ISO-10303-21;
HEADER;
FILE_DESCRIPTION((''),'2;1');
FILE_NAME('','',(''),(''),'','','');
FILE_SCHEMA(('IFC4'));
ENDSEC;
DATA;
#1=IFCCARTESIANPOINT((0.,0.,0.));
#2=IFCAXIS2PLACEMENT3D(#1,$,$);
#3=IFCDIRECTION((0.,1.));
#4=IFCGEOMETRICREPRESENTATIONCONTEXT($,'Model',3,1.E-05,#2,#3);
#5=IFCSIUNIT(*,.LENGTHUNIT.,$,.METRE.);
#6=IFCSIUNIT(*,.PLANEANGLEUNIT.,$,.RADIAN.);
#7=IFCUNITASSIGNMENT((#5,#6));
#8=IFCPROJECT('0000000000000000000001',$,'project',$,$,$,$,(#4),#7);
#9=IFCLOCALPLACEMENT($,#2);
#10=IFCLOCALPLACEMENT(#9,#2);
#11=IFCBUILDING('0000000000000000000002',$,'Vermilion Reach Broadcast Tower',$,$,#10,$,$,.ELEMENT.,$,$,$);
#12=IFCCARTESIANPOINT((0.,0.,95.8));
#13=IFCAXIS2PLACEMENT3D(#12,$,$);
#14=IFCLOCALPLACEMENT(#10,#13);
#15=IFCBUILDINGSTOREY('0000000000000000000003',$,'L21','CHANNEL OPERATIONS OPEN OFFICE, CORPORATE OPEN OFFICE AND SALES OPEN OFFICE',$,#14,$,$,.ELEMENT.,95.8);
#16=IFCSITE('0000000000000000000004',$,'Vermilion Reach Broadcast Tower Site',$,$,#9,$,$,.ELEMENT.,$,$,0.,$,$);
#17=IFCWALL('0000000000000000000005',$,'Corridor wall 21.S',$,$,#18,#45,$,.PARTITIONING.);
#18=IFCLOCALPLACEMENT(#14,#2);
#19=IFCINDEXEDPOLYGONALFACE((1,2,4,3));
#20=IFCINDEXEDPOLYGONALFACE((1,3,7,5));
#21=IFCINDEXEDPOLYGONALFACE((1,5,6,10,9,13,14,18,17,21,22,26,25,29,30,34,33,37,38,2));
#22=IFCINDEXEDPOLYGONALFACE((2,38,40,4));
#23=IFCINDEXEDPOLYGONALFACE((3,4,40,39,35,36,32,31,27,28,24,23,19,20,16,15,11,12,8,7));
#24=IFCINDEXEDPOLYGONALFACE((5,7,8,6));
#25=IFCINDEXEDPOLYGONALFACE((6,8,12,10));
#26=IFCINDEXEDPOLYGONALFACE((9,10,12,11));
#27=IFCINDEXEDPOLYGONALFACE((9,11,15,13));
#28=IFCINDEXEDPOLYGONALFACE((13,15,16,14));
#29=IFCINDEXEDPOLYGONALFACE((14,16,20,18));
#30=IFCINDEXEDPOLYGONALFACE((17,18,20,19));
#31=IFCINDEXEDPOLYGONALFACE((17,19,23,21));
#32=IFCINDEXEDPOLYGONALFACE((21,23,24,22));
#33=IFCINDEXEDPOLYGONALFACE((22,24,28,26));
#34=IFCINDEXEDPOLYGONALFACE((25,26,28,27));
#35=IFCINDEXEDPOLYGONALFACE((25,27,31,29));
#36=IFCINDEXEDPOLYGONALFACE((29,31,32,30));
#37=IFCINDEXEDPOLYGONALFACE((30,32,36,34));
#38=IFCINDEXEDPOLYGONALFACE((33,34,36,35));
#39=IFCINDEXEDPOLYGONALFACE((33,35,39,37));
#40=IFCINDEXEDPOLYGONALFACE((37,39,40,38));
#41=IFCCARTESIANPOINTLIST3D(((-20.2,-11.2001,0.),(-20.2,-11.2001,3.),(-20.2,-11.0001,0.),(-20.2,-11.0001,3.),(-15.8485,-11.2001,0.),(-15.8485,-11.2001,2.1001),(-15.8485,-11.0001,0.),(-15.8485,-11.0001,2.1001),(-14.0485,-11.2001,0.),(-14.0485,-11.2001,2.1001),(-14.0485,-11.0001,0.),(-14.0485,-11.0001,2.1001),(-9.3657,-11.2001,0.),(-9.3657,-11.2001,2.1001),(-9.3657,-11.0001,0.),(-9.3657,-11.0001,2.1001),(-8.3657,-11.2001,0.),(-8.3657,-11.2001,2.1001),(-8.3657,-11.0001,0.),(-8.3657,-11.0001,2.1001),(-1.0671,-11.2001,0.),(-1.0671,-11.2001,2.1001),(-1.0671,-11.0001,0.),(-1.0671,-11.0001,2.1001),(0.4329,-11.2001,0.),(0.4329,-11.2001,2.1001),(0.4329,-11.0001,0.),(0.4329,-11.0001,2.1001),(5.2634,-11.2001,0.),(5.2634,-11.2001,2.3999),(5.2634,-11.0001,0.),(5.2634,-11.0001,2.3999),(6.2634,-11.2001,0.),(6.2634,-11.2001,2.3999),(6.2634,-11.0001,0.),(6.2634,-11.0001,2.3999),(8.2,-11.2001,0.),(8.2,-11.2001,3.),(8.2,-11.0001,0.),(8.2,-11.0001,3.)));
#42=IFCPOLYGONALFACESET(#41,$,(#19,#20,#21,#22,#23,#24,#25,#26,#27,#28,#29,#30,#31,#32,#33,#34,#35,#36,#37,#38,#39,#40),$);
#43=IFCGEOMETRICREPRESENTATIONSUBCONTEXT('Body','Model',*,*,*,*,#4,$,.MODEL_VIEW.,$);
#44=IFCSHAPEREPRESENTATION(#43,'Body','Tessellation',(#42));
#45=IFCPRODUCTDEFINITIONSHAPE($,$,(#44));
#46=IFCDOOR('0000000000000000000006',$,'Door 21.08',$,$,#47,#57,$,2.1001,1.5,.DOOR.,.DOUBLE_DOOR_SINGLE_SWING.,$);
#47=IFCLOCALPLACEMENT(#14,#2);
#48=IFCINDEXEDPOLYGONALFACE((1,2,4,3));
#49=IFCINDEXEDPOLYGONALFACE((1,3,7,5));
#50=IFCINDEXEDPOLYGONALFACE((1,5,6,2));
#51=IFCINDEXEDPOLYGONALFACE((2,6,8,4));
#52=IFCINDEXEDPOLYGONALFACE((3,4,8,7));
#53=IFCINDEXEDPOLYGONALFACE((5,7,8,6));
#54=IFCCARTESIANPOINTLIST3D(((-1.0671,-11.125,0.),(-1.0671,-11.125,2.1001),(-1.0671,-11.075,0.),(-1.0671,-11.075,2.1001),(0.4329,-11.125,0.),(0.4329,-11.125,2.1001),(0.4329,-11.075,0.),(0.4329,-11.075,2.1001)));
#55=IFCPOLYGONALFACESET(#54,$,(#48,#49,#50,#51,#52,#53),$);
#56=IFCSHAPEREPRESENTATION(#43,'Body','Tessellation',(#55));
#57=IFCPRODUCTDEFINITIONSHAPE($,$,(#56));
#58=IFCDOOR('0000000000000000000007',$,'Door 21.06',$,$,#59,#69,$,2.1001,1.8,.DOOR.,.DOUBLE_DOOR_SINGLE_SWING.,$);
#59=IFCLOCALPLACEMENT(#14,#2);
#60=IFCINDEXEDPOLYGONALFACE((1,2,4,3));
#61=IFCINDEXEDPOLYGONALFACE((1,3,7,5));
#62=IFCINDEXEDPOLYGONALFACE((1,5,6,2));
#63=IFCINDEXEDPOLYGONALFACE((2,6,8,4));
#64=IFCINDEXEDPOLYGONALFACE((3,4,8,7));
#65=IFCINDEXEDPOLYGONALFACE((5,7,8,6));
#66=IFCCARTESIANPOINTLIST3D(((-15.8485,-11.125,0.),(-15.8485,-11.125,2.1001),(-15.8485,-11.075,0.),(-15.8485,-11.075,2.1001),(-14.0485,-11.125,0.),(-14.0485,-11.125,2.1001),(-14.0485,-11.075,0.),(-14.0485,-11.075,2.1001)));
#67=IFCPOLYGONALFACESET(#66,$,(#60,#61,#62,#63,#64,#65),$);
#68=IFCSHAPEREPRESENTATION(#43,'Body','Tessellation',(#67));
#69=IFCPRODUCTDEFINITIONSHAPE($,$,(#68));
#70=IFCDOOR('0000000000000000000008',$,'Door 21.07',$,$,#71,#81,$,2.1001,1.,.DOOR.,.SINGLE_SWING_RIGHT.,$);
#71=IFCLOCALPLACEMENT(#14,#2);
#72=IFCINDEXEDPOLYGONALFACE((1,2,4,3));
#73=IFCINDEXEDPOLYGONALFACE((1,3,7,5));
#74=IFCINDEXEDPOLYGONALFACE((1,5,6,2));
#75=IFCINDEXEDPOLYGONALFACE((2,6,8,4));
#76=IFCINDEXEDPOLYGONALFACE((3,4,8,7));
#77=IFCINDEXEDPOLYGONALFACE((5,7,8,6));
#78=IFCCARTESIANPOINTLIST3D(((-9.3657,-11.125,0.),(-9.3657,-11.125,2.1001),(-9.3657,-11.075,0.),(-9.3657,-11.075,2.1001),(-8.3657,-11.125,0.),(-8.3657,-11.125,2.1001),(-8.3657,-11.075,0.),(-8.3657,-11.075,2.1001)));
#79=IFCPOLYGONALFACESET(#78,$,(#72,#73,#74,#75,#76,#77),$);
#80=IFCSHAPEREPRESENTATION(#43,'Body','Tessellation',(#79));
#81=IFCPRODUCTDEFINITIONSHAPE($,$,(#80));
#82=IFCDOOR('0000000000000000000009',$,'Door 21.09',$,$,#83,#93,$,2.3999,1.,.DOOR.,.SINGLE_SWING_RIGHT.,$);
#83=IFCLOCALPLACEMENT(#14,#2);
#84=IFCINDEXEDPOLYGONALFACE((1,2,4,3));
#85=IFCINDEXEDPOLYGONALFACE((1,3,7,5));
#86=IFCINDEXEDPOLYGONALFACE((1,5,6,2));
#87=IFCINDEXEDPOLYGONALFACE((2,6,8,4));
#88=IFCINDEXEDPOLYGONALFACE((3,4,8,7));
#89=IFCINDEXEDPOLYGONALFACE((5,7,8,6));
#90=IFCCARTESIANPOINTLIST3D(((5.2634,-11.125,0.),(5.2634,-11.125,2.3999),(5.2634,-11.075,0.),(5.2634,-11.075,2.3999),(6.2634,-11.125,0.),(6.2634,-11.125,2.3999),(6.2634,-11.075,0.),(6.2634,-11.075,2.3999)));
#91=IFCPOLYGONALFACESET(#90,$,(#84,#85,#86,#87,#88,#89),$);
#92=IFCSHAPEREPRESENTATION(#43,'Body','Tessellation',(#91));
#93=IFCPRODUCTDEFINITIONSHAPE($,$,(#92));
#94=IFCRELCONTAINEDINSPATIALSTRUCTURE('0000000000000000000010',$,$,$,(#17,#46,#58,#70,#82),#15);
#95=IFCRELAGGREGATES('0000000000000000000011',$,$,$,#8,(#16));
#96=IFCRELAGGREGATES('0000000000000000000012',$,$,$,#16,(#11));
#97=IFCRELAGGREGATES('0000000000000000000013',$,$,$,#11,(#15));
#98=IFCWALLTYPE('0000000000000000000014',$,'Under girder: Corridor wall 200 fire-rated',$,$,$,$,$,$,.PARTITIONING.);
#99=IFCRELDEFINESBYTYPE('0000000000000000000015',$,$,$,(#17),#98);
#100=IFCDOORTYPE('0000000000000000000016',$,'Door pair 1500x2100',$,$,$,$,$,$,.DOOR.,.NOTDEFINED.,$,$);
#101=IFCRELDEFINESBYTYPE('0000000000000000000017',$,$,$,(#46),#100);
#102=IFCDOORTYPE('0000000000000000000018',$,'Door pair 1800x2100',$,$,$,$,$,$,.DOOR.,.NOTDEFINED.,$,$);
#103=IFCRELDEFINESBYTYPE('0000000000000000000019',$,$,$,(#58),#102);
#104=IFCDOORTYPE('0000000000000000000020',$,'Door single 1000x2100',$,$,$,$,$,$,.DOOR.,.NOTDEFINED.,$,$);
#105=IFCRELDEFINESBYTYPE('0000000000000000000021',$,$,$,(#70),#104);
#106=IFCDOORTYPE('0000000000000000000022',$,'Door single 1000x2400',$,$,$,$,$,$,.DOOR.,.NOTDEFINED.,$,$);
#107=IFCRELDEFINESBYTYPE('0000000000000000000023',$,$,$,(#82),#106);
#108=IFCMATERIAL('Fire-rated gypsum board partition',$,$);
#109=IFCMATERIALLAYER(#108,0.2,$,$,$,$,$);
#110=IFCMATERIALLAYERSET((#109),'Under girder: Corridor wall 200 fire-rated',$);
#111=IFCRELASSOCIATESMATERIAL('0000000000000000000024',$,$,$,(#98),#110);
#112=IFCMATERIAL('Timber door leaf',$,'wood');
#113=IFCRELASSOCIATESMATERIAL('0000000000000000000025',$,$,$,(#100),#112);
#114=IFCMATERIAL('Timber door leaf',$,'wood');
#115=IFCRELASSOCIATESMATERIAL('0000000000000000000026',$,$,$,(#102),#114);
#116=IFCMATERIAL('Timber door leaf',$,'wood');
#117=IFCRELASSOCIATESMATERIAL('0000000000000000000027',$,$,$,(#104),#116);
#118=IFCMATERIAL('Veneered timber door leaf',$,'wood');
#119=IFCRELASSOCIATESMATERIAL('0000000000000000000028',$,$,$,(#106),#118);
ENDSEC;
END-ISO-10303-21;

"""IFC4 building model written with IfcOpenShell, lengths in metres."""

from ifc_helpers import new_model, si_unit, direction, frame, frame_2d, origin, place, context, subcontext, project, spatial, rectangle, extrude, material, layer, layer_set, type_object, element, fill, save


model = new_model("IFC4")

# Units and contexts
model_context = context("Model", 3, precision=1e-05, world=origin(), true_north=direction((0.0, 1.0)))
body_context = subcontext(model_context, "Body", "Model", "MODEL_VIEW")
ifc_project = project(units=[si_unit("LENGTHUNIT", "METRE"), si_unit("PLANEANGLEUNIT", "RADIAN")], contexts=[model_context])

# Site, building, storey
site_placement = place(None, origin())
site = spatial("IfcSite", under=ifc_project, at=site_placement, Name="Vermilion Reach Broadcast Tower Site", CompositionType="ELEMENT", RefElevation=0.0)
building_placement = place(site_placement, origin())
building = spatial("IfcBuilding", under=site, at=building_placement, Name="Vermilion Reach Broadcast Tower", CompositionType="ELEMENT")
storey_placement = place(building_placement, frame((0.0, 0.0, 95.8)))
storey = spatial("IfcBuildingStorey", under=building, at=storey_placement, Name="L21", Description="CHANNEL OPERATIONS OPEN OFFICE, CORPORATE OPEN OFFICE AND SALES OPEN OFFICE", CompositionType="ELEMENT", Elevation=95.8)

# Wall, openings, doors
ifc_material_1 = material(Name="Fire-rated gypsum board partition")
ifc_layer_1 = layer(ifc_material_1, 0.2)
ifc_layer_set_1 = layer_set([ifc_layer_1], Name="Under girder: Corridor wall 200 fire-rated")
wall_type_1 = type_object("IfcWallType", Name="Under girder: Corridor wall 200 fire-rated", PredefinedType="PARTITIONING", material=ifc_layer_set_1)
wall_1_placement = place(storey_placement, frame((8.2, -11.1001, 0.0), z_axis=(0.0, 0.0, 1.0), x_axis=(-1.0, 0.0, 0.0)))
wall_1 = element("IfcWall", 1, at=wall_1_placement, inside=storey, type_object=wall_type_1, Name="Corridor wall 21.S", PredefinedType="PARTITIONING", context=body_context, shape_type="SweptSolid", body=[
    extrude(rectangle(XDim=28.3999, YDim=0.2, at=frame_2d((14.2, 0.0))), origin(), (0.0, 0.0, 1.0), 3.0),
])
opening_1_placement = place(wall_1_placement, frame((22.2485, 0.0, 0.0)))
opening_1 = element("IfcOpeningElement", 2, at=opening_1_placement, cuts=wall_1, PredefinedType="OPENING", context=body_context, shape_type="SweptSolid", body=[
    extrude(rectangle(XDim=1.8, YDim=2.1001, at=frame_2d((0.8999, 1.05))), frame((0.0, 0.1099, 0.0), z_axis=(0.0, -1.0, 0.0), x_axis=(1.0, 0.0, 0.0)), (0.0, 0.0, 1.0), 0.22),
])
opening_2_placement = place(wall_1_placement, frame((16.5657, 0.0, 0.0)))
opening_2 = element("IfcOpeningElement", 3, at=opening_2_placement, cuts=wall_1, PredefinedType="OPENING", context=body_context, shape_type="SweptSolid", body=[
    extrude(rectangle(XDim=1.0, YDim=2.1001, at=frame_2d((0.5, 1.05))), frame((0.0, 0.1099, 0.0), z_axis=(0.0, -1.0, 0.0), x_axis=(1.0, 0.0, 0.0)), (0.0, 0.0, 1.0), 0.22),
])
opening_3_placement = place(wall_1_placement, frame((7.7671, 0.0, 0.0)))
opening_3 = element("IfcOpeningElement", 4, at=opening_3_placement, cuts=wall_1, PredefinedType="OPENING", context=body_context, shape_type="SweptSolid", body=[
    extrude(rectangle(XDim=1.5, YDim=2.1001, at=frame_2d((0.75, 1.05))), frame((0.0, 0.1099, 0.0), z_axis=(0.0, -1.0, 0.0), x_axis=(1.0, 0.0, 0.0)), (0.0, 0.0, 1.0), 0.22),
])
opening_4_placement = place(wall_1_placement, frame((1.9365, 0.0, 0.0)))
opening_4 = element("IfcOpeningElement", 5, at=opening_4_placement, cuts=wall_1, PredefinedType="OPENING", context=body_context, shape_type="SweptSolid", body=[
    extrude(rectangle(XDim=1.0, YDim=2.3999, at=frame_2d((0.5, 1.2))), frame((0.0, 0.1099, 0.0), z_axis=(0.0, -1.0, 0.0), x_axis=(1.0, 0.0, 0.0)), (0.0, 0.0, 1.0), 0.22),
])
ifc_material_2 = material(Name="Timber door leaf", Category="wood")
door_type_1 = type_object("IfcDoorType", Name="Door pair 1500x2100", OperationType="NOTDEFINED", PredefinedType="DOOR", material=ifc_material_2)
door_1_placement = place(opening_3_placement, origin())
door_1 = element("IfcDoor", 6, at=door_1_placement, inside=storey, type_object=door_type_1, Name="Door 21.08", OperationType="DOUBLE_DOOR_SINGLE_SWING", OverallHeight=2.1001, OverallWidth=1.5, PredefinedType="DOOR", context=body_context, shape_type="SweptSolid", body=[
    extrude(rectangle(XDim=1.5, YDim=2.1001, at=frame_2d((0.75, 1.05))), frame((0.0, 0.0249, 0.0), z_axis=(0.0, -1.0, 0.0), x_axis=(1.0, 0.0, 0.0)), (0.0, 0.0, 1.0), 0.05),
])
fill(opening_3, door_1)
ifc_material_3 = material(Name="Timber door leaf", Category="wood")
door_type_2 = type_object("IfcDoorType", Name="Door pair 1800x2100", OperationType="NOTDEFINED", PredefinedType="DOOR", material=ifc_material_3)
door_2_placement = place(opening_1_placement, origin())
door_2 = element("IfcDoor", 7, at=door_2_placement, inside=storey, type_object=door_type_2, Name="Door 21.06", OperationType="DOUBLE_DOOR_SINGLE_SWING", OverallHeight=2.1001, OverallWidth=1.8, PredefinedType="DOOR", context=body_context, shape_type="SweptSolid", body=[
    extrude(rectangle(XDim=1.8, YDim=2.1001, at=frame_2d((0.8999, 1.05))), frame((0.0, 0.0249, 0.0), z_axis=(0.0, -1.0, 0.0), x_axis=(1.0, 0.0, 0.0)), (0.0, 0.0, 1.0), 0.05),
])
fill(opening_1, door_2)
ifc_material_4 = material(Name="Timber door leaf", Category="wood")
door_type_3 = type_object("IfcDoorType", Name="Door single 1000x2100", OperationType="NOTDEFINED", PredefinedType="DOOR", material=ifc_material_4)
door_3_placement = place(opening_2_placement, origin())
door_3 = element("IfcDoor", 8, at=door_3_placement, inside=storey, type_object=door_type_3, Name="Door 21.07", OperationType="SINGLE_SWING_RIGHT", OverallHeight=2.1001, OverallWidth=1.0, PredefinedType="DOOR", context=body_context, shape_type="SweptSolid", body=[
    extrude(rectangle(XDim=1.0, YDim=2.1001, at=frame_2d((0.5, 1.05))), frame((0.0, 0.0249, 0.0), z_axis=(0.0, -1.0, 0.0), x_axis=(1.0, 0.0, 0.0)), (0.0, 0.0, 1.0), 0.05),
])
fill(opening_2, door_3)
ifc_material_5 = material(Name="Veneered timber door leaf", Category="wood")
door_type_4 = type_object("IfcDoorType", Name="Door single 1000x2400", OperationType="NOTDEFINED", PredefinedType="DOOR", material=ifc_material_5)
door_4_placement = place(opening_4_placement, origin())
door_4 = element("IfcDoor", 9, at=door_4_placement, inside=storey, type_object=door_type_4, Name="Door 21.09", OperationType="SINGLE_SWING_RIGHT", OverallHeight=2.3999, OverallWidth=1.0, PredefinedType="DOOR", context=body_context, shape_type="SweptSolid", body=[
    extrude(rectangle(XDim=1.0, YDim=2.3999, at=frame_2d((0.5, 1.2))), frame((0.0, 0.0249, 0.0), z_axis=(0.0, -1.0, 0.0), x_axis=(1.0, 0.0, 0.0)), (0.0, 0.0, 1.0), 0.05),
])
fill(opening_4, door_4)

save(model, "model.ifc")
